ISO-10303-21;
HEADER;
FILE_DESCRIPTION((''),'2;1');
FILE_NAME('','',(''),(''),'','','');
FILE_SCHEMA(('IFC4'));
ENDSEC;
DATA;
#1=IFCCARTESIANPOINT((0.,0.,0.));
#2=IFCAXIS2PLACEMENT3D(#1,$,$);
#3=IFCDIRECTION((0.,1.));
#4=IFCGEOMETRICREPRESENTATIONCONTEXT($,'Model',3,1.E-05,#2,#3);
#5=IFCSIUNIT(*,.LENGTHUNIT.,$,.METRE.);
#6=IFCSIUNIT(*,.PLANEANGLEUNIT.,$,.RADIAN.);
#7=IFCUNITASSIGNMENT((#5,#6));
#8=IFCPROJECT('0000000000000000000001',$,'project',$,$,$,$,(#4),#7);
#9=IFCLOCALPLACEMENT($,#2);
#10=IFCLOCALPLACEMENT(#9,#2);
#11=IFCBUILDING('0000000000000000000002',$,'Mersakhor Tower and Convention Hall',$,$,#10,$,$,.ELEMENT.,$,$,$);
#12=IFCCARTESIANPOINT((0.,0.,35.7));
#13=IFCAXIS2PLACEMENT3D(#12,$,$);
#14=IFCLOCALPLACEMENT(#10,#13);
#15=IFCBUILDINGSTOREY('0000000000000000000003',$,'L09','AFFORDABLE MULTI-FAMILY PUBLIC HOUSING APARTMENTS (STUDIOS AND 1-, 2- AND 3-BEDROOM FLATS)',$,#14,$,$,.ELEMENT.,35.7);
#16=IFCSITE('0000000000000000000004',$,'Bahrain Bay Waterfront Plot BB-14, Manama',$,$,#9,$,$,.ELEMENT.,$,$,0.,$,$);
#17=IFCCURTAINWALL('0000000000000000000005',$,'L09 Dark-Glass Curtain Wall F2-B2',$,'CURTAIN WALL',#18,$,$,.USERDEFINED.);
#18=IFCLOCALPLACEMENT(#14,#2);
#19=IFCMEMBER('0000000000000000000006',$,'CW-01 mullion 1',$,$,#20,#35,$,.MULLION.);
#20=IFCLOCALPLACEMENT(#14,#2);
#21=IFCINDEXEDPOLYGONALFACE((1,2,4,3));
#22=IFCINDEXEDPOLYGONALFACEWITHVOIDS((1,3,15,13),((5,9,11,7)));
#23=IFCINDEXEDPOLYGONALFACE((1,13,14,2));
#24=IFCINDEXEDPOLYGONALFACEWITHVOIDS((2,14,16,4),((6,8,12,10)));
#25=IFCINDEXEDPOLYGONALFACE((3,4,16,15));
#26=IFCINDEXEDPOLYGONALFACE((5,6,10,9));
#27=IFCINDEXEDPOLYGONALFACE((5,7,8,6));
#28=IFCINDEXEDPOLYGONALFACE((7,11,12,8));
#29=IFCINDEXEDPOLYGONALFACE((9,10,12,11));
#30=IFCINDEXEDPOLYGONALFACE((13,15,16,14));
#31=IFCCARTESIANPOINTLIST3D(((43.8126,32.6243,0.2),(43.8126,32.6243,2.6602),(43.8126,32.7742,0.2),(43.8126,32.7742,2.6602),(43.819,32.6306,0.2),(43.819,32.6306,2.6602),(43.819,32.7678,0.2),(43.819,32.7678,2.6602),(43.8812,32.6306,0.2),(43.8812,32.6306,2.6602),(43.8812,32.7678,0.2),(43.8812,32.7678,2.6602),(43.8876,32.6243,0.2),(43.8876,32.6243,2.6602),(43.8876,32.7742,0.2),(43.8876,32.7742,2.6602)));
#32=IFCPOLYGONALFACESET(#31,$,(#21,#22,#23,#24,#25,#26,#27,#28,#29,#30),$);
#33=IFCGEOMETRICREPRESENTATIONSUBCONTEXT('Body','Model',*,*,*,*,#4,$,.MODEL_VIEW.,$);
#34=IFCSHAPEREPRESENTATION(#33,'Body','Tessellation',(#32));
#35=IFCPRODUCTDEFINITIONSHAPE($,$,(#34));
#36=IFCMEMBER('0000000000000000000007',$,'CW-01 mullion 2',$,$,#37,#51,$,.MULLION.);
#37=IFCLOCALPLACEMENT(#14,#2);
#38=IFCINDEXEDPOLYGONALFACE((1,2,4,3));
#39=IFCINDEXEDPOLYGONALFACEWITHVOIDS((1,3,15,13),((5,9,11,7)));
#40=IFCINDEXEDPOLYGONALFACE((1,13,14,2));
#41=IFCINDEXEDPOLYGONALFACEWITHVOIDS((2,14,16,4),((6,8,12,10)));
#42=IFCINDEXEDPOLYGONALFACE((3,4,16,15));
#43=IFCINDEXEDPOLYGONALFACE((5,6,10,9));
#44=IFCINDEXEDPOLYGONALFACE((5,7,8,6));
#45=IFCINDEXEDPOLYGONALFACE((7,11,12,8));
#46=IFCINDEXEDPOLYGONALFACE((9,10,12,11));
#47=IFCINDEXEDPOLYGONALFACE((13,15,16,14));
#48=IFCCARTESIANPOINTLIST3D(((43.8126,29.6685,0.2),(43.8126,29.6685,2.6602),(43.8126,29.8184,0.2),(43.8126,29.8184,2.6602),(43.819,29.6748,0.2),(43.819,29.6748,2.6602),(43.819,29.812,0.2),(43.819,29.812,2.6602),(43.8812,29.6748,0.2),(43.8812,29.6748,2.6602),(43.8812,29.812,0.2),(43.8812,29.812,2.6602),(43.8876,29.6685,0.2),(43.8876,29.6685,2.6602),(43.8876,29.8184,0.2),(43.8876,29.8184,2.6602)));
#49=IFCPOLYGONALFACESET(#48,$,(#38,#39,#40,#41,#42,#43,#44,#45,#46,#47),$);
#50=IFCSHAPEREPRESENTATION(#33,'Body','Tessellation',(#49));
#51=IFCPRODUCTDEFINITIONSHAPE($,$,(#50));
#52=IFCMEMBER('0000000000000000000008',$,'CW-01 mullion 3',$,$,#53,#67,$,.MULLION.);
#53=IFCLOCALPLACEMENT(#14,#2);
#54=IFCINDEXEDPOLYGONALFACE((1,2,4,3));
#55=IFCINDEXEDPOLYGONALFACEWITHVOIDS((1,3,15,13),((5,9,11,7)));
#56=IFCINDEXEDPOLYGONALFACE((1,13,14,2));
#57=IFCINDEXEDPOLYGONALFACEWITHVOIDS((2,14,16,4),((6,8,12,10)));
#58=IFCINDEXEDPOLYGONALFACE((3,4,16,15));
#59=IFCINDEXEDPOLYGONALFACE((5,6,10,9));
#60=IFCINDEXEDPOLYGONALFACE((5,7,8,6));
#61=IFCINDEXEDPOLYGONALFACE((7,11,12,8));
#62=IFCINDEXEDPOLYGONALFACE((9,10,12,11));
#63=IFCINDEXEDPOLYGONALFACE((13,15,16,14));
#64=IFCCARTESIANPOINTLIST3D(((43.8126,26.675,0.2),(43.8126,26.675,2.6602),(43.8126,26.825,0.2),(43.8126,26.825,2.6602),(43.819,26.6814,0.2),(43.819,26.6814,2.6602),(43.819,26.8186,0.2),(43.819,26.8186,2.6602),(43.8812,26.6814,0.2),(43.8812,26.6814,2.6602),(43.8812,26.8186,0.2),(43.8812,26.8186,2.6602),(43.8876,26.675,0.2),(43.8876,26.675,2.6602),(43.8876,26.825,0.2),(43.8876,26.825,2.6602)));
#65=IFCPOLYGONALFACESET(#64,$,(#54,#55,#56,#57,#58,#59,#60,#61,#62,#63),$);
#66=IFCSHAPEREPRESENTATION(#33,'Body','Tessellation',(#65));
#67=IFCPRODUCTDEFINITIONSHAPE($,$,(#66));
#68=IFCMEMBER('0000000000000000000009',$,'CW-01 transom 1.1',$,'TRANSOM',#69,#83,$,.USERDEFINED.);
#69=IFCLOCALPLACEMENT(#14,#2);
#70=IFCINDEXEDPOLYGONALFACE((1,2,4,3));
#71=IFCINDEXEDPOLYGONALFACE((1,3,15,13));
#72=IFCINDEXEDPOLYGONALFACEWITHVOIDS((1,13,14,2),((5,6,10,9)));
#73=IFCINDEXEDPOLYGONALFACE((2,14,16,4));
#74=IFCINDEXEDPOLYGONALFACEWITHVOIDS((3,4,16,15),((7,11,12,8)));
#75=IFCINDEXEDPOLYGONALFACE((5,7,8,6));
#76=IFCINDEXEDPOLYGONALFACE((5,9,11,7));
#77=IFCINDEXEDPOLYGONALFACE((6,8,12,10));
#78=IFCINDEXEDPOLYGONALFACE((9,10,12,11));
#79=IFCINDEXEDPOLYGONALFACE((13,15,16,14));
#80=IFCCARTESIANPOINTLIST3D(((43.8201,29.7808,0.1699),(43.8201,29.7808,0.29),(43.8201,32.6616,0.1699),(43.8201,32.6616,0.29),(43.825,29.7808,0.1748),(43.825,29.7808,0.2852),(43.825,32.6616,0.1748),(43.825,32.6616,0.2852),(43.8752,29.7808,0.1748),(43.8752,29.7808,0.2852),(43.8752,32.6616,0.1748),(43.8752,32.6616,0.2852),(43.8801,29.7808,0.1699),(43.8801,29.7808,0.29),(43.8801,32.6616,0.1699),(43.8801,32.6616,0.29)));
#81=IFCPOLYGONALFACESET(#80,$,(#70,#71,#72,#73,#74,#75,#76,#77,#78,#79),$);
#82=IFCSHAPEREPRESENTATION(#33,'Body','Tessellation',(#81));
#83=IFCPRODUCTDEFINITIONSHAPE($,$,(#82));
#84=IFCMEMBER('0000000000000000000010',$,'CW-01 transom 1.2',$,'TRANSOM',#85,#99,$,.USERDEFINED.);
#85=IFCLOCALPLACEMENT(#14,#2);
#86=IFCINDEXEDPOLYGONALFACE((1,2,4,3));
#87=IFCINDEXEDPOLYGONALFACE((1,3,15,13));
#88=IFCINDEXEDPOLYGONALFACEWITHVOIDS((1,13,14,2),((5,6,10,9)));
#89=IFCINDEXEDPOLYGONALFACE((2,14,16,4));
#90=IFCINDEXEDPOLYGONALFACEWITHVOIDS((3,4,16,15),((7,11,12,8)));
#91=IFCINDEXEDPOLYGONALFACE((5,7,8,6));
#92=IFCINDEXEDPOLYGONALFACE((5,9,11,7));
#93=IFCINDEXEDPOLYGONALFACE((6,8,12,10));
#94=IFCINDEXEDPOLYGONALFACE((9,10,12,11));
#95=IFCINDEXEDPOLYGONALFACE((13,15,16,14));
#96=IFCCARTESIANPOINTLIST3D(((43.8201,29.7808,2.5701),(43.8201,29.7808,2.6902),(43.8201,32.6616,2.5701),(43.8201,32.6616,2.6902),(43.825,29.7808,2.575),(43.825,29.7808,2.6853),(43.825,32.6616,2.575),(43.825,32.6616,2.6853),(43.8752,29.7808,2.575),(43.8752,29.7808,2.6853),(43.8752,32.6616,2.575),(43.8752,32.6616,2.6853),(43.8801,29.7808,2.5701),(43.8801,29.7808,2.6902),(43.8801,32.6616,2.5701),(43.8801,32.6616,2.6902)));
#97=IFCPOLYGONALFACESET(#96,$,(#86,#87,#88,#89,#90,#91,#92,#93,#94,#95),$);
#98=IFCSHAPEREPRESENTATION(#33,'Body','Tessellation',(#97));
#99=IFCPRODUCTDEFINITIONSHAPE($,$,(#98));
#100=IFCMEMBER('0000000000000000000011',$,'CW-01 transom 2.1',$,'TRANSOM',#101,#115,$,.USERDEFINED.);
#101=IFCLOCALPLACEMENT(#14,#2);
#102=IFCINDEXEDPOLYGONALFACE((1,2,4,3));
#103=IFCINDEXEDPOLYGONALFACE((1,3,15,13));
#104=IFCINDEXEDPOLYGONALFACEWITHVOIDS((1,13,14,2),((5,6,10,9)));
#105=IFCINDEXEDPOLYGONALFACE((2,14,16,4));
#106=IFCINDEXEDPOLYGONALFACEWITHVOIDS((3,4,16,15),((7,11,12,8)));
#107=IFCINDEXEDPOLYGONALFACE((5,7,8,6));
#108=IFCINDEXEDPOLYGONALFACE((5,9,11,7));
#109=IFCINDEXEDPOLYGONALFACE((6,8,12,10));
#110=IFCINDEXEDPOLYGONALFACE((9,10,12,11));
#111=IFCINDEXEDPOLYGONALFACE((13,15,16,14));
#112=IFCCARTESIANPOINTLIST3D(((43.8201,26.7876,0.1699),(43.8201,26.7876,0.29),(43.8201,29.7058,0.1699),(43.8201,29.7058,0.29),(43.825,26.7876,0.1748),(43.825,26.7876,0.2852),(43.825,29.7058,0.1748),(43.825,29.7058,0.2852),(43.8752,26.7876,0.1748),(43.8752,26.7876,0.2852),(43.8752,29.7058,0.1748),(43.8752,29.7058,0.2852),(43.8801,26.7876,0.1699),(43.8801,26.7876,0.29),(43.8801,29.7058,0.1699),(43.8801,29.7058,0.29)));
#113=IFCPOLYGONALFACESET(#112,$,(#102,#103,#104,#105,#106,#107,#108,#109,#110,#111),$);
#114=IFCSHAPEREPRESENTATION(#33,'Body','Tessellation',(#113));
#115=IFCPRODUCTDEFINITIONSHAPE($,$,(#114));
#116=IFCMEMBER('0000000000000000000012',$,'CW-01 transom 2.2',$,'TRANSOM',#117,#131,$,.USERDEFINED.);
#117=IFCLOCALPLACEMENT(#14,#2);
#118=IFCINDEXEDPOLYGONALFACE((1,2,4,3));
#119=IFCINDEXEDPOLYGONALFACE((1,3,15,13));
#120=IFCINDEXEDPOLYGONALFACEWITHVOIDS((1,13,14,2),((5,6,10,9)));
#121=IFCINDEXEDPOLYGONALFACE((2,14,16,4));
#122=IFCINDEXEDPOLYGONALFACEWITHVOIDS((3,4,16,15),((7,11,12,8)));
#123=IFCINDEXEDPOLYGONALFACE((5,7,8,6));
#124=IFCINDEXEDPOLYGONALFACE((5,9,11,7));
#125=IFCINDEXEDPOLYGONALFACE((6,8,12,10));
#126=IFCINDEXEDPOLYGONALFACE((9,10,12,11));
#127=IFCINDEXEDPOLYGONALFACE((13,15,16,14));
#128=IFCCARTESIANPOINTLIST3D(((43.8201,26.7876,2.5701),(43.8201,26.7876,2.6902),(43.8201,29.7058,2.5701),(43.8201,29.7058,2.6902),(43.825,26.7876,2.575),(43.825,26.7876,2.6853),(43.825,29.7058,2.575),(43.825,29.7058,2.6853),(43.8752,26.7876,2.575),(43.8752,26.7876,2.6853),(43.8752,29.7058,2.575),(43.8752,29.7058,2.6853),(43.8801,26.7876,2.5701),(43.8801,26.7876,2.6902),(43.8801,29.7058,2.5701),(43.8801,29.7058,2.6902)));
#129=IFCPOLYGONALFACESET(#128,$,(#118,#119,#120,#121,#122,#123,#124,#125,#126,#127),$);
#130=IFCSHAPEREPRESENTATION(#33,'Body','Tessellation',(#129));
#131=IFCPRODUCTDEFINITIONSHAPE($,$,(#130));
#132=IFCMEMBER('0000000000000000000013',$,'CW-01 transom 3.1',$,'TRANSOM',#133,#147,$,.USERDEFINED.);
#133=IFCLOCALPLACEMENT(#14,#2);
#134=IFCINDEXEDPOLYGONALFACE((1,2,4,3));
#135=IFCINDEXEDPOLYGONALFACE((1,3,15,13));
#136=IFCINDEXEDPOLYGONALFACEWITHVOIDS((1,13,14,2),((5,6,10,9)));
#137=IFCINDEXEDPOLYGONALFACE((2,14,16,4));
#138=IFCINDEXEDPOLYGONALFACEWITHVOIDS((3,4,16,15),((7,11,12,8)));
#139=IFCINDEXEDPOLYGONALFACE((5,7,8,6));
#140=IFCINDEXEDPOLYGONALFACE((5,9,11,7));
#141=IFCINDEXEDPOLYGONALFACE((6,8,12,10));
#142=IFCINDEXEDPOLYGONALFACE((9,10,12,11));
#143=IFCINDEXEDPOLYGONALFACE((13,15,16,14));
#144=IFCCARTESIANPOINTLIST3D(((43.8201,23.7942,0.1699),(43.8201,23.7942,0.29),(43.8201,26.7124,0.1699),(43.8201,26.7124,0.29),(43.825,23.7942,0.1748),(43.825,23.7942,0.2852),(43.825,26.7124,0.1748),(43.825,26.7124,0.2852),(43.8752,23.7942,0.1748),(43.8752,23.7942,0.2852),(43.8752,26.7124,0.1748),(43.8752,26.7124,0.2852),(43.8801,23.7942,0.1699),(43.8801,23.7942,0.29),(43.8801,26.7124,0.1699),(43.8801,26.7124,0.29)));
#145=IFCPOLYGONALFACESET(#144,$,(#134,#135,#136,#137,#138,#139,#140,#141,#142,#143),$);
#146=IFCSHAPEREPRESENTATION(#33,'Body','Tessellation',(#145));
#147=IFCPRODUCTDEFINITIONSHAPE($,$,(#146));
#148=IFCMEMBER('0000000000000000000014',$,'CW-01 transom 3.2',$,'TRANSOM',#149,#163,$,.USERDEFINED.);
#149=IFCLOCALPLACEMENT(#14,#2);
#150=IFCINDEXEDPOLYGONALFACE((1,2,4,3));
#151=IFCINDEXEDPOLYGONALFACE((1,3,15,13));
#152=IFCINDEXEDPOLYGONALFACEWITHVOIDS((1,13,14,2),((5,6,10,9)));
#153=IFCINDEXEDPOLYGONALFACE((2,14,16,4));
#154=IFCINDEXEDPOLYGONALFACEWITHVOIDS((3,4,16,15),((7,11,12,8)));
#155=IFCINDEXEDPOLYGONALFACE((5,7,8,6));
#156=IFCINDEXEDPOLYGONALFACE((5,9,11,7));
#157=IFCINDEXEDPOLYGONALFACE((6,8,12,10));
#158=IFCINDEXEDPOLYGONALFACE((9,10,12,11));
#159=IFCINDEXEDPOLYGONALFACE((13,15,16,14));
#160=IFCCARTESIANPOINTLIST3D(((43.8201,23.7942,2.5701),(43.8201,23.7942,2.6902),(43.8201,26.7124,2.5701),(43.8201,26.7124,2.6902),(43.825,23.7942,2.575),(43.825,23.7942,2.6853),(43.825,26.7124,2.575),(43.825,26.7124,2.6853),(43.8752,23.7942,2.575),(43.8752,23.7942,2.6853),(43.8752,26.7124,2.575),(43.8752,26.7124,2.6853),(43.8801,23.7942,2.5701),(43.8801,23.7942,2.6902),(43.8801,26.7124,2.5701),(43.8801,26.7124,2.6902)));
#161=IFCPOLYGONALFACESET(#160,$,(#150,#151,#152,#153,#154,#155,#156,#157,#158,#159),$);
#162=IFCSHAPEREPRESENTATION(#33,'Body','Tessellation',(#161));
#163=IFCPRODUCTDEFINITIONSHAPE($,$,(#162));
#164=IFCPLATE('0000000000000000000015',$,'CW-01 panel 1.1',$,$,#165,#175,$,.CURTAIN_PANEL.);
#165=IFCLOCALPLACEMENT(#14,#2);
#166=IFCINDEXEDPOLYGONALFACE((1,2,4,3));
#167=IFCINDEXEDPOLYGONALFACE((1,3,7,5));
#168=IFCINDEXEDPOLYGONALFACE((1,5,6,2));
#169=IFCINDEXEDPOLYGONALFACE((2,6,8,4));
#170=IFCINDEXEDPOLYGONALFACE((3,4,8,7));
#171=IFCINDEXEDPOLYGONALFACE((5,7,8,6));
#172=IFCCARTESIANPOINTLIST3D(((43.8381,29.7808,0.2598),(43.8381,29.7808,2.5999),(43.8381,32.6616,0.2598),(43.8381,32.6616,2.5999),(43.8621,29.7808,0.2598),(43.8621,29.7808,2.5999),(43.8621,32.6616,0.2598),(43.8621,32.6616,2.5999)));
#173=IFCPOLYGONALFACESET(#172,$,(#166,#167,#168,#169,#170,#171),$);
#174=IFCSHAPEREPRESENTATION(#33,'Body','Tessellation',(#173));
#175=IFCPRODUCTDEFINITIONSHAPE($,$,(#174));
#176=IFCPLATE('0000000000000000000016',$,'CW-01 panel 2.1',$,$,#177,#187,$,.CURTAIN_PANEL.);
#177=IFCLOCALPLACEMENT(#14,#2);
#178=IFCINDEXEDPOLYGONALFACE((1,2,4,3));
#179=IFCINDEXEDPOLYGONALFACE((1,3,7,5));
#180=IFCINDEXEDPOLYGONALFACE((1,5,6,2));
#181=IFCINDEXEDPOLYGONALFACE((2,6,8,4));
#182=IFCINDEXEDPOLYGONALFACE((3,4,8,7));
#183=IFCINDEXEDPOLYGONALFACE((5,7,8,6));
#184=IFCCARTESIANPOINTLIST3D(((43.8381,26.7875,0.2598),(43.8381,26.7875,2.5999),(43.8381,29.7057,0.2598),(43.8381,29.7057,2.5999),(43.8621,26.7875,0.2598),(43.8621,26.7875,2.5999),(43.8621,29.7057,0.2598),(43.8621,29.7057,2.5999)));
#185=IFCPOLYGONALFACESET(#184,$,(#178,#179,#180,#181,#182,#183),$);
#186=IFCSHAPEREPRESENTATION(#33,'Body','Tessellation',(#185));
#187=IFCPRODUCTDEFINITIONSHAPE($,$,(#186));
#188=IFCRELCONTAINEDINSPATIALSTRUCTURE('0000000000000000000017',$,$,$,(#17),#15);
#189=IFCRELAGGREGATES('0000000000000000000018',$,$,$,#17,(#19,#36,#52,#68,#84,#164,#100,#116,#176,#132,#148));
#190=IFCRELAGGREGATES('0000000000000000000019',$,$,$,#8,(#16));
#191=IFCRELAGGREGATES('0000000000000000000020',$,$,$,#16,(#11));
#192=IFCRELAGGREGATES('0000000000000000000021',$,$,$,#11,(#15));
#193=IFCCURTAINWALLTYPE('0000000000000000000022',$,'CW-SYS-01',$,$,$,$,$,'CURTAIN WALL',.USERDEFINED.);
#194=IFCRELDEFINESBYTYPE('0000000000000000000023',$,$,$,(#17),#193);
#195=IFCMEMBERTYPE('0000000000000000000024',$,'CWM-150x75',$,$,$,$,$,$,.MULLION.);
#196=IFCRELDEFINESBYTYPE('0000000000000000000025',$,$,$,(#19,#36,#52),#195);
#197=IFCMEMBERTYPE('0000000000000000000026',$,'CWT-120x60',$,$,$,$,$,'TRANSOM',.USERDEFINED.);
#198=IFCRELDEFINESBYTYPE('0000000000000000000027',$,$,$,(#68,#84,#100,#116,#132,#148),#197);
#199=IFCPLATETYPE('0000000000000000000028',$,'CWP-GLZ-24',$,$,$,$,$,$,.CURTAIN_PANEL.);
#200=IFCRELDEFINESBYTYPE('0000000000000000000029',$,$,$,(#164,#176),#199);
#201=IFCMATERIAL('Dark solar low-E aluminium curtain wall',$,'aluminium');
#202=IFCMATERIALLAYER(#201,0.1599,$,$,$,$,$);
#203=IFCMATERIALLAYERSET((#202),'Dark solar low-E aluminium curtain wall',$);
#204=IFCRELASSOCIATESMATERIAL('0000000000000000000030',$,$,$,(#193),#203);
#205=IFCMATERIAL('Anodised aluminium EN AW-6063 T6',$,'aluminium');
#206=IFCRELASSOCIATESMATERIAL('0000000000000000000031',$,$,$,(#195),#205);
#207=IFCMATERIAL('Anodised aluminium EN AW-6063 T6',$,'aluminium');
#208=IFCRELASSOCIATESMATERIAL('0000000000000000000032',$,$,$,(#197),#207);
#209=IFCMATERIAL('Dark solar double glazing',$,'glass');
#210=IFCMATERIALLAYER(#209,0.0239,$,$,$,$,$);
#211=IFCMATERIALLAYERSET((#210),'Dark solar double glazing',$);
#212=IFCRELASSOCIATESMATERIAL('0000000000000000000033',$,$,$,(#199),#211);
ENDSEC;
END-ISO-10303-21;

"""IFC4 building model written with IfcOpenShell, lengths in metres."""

from ifc_helpers import new_model, si_unit, direction, frame, origin, origin_2d, place, context, subcontext, project, spatial, rectangle, hollow_rectangle, extrude, material, layer, layer_set, material_profile, profile_set, type_object, element, aggregate, save


model = new_model("IFC4")

# Units and contexts
model_context = context("Model", 3, precision=1e-05, world=origin(), true_north=direction((0.0, 1.0)))
body_context = subcontext(model_context, "Body", "Model", "MODEL_VIEW")
ifc_project = project(units=[si_unit("LENGTHUNIT", "METRE"), si_unit("PLANEANGLEUNIT", "RADIAN")], contexts=[model_context])

# Site, building, storey
site_placement = place(None, origin())
site = spatial("IfcSite", under=ifc_project, at=site_placement, Name="Bahrain Bay Waterfront Plot BB-14, Manama", CompositionType="ELEMENT", RefElevation=0.0)
building_placement = place(site_placement, origin())
building = spatial("IfcBuilding", under=site, at=building_placement, Name="Mersakhor Tower and Convention Hall", CompositionType="ELEMENT")
storey_placement = place(building_placement, frame((0.0, 0.0, 35.7)))
storey = spatial("IfcBuildingStorey", under=building, at=storey_placement, Name="L09", Description="AFFORDABLE MULTI-FAMILY PUBLIC HOUSING APARTMENTS (STUDIOS AND 1-, 2- AND 3-BEDROOM FLATS)", CompositionType="ELEMENT", Elevation=35.7)

# Curtain wall, members, plates
ifc_material_1 = material(Name="Dark solar low-E aluminium curtain wall", Category="aluminium")
ifc_layer_1 = layer(ifc_material_1, 0.1599)
ifc_layer_set_1 = layer_set([ifc_layer_1], Name="Dark solar low-E aluminium curtain wall")
curtain_wall_type = type_object("IfcCurtainWallType", Name="CW-SYS-01", ElementType="CURTAIN WALL", PredefinedType="USERDEFINED", material=ifc_layer_set_1)
curtain_wall_placement = place(storey_placement, origin())
curtain_wall = element("IfcCurtainWall", 1, at=curtain_wall_placement, inside=storey, type_object=curtain_wall_type, Name="L09 Dark-Glass Curtain Wall F2-B2", ObjectType="CURTAIN WALL", PredefinedType="USERDEFINED")
ifc_material_2 = material(Name="Anodised aluminium EN AW-6063 T6", Category="aluminium")
ifc_material_profile_1 = material_profile(ifc_material_2, hollow_rectangle(XDim=0.075, YDim=0.1499, WallThickness=0.0063, at=origin_2d()), Name="RHS 150x75x6.3")
ifc_profile_set_1 = profile_set([ifc_material_profile_1], Name="Anodised aluminium EN AW-6063 T6")
member_type_1 = type_object("IfcMemberType", Name="CWM-150x75", PredefinedType="MULLION", material=ifc_profile_set_1)
member_1_placement = place(storey_placement, frame((43.8501, 32.6992, 0.2), z_axis=(0.0, 0.0, 1.0), x_axis=(1.0, 0.0, 0.0)))
member_1 = element("IfcMember", 2, at=member_1_placement, type_object=member_type_1, Name="CW-01 mullion 1", PredefinedType="MULLION", context=body_context, shape_type="SweptSolid", body=[
    extrude(hollow_rectangle(XDim=0.075, YDim=0.1499, WallThickness=0.0063, at=origin_2d()), origin(), (0.0, 0.0, 1.0), 2.4602),
])
member_2_placement = place(storey_placement, frame((43.8501, 29.7434, 0.2), z_axis=(0.0, 0.0, 1.0), x_axis=(1.0, 0.0, 0.0)))
member_2 = element("IfcMember", 3, at=member_2_placement, type_object=member_type_1, Name="CW-01 mullion 2", PredefinedType="MULLION", context=body_context, shape_type="SweptSolid", body=[
    extrude(hollow_rectangle(XDim=0.075, YDim=0.1499, WallThickness=0.0063, at=origin_2d()), origin(), (0.0, 0.0, 1.0), 2.4602),
])
member_3_placement = place(storey_placement, frame((43.8501, 26.75, 0.2), z_axis=(0.0, 0.0, 1.0), x_axis=(1.0, 0.0, 0.0)))
member_3 = element("IfcMember", 4, at=member_3_placement, type_object=member_type_1, Name="CW-01 mullion 3", PredefinedType="MULLION", context=body_context, shape_type="SweptSolid", body=[
    extrude(hollow_rectangle(XDim=0.075, YDim=0.1499, WallThickness=0.0063, at=origin_2d()), origin(), (0.0, 0.0, 1.0), 2.4602),
])
ifc_material_3 = material(Name="Anodised aluminium EN AW-6063 T6", Category="aluminium")
ifc_material_profile_2 = material_profile(ifc_material_3, hollow_rectangle(XDim=0.0601, YDim=0.1201, WallThickness=0.0049, at=origin_2d()), Name="RHS 120x60x5")
ifc_profile_set_2 = profile_set([ifc_material_profile_2], Name="Anodised aluminium EN AW-6063 T6")
member_type_2 = type_object("IfcMemberType", Name="CWT-120x60", ElementType="TRANSOM", PredefinedType="USERDEFINED", material=ifc_profile_set_2)
member_4_placement = place(storey_placement, frame((43.8501, 32.6616, 0.23), z_axis=(0.0, -1.0, 0.0), x_axis=(1.0, 0.0, 0.0)))
member_4 = element("IfcMember", 5, at=member_4_placement, type_object=member_type_2, Name="CW-01 transom 1.1", ObjectType="TRANSOM", PredefinedType="USERDEFINED", context=body_context, shape_type="SweptSolid", body=[
    extrude(hollow_rectangle(XDim=0.0601, YDim=0.1201, WallThickness=0.0049, at=origin_2d()), origin(), (0.0, 0.0, 1.0), 2.8809),
])
member_5_placement = place(storey_placement, frame((43.8501, 32.6616, 2.6301), z_axis=(0.0, -1.0, 0.0), x_axis=(1.0, 0.0, 0.0)))
member_5 = element("IfcMember", 6, at=member_5_placement, type_object=member_type_2, Name="CW-01 transom 1.2", ObjectType="TRANSOM", PredefinedType="USERDEFINED", context=body_context, shape_type="SweptSolid", body=[
    extrude(hollow_rectangle(XDim=0.0601, YDim=0.1201, WallThickness=0.0049, at=origin_2d()), origin(), (0.0, 0.0, 1.0), 2.8809),
])
member_6_placement = place(storey_placement, frame((43.8501, 29.7058, 0.23), z_axis=(0.0, -1.0, 0.0), x_axis=(1.0, 0.0, 0.0)))
member_6 = element("IfcMember", 7, at=member_6_placement, type_object=member_type_2, Name="CW-01 transom 2.1", ObjectType="TRANSOM", PredefinedType="USERDEFINED", context=body_context, shape_type="SweptSolid", body=[
    extrude(hollow_rectangle(XDim=0.0601, YDim=0.1201, WallThickness=0.0049, at=origin_2d()), origin(), (0.0, 0.0, 1.0), 2.9182),
])
member_7_placement = place(storey_placement, frame((43.8501, 29.7058, 2.6301), z_axis=(0.0, -1.0, 0.0), x_axis=(1.0, 0.0, 0.0)))
member_7 = element("IfcMember", 8, at=member_7_placement, type_object=member_type_2, Name="CW-01 transom 2.2", ObjectType="TRANSOM", PredefinedType="USERDEFINED", context=body_context, shape_type="SweptSolid", body=[
    extrude(hollow_rectangle(XDim=0.0601, YDim=0.1201, WallThickness=0.0049, at=origin_2d()), origin(), (0.0, 0.0, 1.0), 2.9182),
])
member_8_placement = place(storey_placement, frame((43.8501, 26.7124, 0.23), z_axis=(0.0, -1.0, 0.0), x_axis=(1.0, 0.0, 0.0)))
member_8 = element("IfcMember", 9, at=member_8_placement, type_object=member_type_2, Name="CW-01 transom 3.1", ObjectType="TRANSOM", PredefinedType="USERDEFINED", context=body_context, shape_type="SweptSolid", body=[
    extrude(hollow_rectangle(XDim=0.0601, YDim=0.1201, WallThickness=0.0049, at=origin_2d()), origin(), (0.0, 0.0, 1.0), 2.9182),
])
member_9_placement = place(storey_placement, frame((43.8501, 26.7124, 2.6301), z_axis=(0.0, -1.0, 0.0), x_axis=(1.0, 0.0, 0.0)))
member_9 = element("IfcMember", 10, at=member_9_placement, type_object=member_type_2, Name="CW-01 transom 3.2", ObjectType="TRANSOM", PredefinedType="USERDEFINED", context=body_context, shape_type="SweptSolid", body=[
    extrude(hollow_rectangle(XDim=0.0601, YDim=0.1201, WallThickness=0.0049, at=origin_2d()), origin(), (0.0, 0.0, 1.0), 2.9182),
])
ifc_material_4 = material(Name="Dark solar double glazing", Category="glass")
ifc_layer_2 = layer(ifc_material_4, 0.0239)
ifc_layer_set_2 = layer_set([ifc_layer_2], Name="Dark solar double glazing")
plate_type_1 = type_object("IfcPlateType", Name="CWP-GLZ-24", PredefinedType="CURTAIN_PANEL", material=ifc_layer_set_2)
plate_1_placement = place(storey_placement, frame((43.8501, 31.2212, 0.2598), z_axis=(0.0, 0.0, 1.0), x_axis=(0.0, -1.0, 0.0)))
plate_1 = element("IfcPlate", 11, at=plate_1_placement, type_object=plate_type_1, Name="CW-01 panel 1.1", PredefinedType="CURTAIN_PANEL", context=body_context, shape_type="SweptSolid", body=[
    extrude(rectangle(XDim=2.8809, YDim=0.0239, at=origin_2d()), origin(), (0.0, 0.0, 1.0), 2.3401),
])
plate_2_placement = place(storey_placement, frame((43.8501, 28.2466, 0.2598), z_axis=(0.0, 0.0, 1.0), x_axis=(0.0, -1.0, 0.0)))
plate_2 = element("IfcPlate", 12, at=plate_2_placement, type_object=plate_type_1, Name="CW-01 panel 2.1", PredefinedType="CURTAIN_PANEL", context=body_context, shape_type="SweptSolid", body=[
    extrude(rectangle(XDim=2.9182, YDim=0.0239, at=origin_2d()), origin(), (0.0, 0.0, 1.0), 2.3401),
])
aggregate(curtain_wall, [member_1, member_2, member_3, member_4, member_5, plate_1, member_6, member_7, plate_2, member_8, member_9])

save(model, "model.ifc")
